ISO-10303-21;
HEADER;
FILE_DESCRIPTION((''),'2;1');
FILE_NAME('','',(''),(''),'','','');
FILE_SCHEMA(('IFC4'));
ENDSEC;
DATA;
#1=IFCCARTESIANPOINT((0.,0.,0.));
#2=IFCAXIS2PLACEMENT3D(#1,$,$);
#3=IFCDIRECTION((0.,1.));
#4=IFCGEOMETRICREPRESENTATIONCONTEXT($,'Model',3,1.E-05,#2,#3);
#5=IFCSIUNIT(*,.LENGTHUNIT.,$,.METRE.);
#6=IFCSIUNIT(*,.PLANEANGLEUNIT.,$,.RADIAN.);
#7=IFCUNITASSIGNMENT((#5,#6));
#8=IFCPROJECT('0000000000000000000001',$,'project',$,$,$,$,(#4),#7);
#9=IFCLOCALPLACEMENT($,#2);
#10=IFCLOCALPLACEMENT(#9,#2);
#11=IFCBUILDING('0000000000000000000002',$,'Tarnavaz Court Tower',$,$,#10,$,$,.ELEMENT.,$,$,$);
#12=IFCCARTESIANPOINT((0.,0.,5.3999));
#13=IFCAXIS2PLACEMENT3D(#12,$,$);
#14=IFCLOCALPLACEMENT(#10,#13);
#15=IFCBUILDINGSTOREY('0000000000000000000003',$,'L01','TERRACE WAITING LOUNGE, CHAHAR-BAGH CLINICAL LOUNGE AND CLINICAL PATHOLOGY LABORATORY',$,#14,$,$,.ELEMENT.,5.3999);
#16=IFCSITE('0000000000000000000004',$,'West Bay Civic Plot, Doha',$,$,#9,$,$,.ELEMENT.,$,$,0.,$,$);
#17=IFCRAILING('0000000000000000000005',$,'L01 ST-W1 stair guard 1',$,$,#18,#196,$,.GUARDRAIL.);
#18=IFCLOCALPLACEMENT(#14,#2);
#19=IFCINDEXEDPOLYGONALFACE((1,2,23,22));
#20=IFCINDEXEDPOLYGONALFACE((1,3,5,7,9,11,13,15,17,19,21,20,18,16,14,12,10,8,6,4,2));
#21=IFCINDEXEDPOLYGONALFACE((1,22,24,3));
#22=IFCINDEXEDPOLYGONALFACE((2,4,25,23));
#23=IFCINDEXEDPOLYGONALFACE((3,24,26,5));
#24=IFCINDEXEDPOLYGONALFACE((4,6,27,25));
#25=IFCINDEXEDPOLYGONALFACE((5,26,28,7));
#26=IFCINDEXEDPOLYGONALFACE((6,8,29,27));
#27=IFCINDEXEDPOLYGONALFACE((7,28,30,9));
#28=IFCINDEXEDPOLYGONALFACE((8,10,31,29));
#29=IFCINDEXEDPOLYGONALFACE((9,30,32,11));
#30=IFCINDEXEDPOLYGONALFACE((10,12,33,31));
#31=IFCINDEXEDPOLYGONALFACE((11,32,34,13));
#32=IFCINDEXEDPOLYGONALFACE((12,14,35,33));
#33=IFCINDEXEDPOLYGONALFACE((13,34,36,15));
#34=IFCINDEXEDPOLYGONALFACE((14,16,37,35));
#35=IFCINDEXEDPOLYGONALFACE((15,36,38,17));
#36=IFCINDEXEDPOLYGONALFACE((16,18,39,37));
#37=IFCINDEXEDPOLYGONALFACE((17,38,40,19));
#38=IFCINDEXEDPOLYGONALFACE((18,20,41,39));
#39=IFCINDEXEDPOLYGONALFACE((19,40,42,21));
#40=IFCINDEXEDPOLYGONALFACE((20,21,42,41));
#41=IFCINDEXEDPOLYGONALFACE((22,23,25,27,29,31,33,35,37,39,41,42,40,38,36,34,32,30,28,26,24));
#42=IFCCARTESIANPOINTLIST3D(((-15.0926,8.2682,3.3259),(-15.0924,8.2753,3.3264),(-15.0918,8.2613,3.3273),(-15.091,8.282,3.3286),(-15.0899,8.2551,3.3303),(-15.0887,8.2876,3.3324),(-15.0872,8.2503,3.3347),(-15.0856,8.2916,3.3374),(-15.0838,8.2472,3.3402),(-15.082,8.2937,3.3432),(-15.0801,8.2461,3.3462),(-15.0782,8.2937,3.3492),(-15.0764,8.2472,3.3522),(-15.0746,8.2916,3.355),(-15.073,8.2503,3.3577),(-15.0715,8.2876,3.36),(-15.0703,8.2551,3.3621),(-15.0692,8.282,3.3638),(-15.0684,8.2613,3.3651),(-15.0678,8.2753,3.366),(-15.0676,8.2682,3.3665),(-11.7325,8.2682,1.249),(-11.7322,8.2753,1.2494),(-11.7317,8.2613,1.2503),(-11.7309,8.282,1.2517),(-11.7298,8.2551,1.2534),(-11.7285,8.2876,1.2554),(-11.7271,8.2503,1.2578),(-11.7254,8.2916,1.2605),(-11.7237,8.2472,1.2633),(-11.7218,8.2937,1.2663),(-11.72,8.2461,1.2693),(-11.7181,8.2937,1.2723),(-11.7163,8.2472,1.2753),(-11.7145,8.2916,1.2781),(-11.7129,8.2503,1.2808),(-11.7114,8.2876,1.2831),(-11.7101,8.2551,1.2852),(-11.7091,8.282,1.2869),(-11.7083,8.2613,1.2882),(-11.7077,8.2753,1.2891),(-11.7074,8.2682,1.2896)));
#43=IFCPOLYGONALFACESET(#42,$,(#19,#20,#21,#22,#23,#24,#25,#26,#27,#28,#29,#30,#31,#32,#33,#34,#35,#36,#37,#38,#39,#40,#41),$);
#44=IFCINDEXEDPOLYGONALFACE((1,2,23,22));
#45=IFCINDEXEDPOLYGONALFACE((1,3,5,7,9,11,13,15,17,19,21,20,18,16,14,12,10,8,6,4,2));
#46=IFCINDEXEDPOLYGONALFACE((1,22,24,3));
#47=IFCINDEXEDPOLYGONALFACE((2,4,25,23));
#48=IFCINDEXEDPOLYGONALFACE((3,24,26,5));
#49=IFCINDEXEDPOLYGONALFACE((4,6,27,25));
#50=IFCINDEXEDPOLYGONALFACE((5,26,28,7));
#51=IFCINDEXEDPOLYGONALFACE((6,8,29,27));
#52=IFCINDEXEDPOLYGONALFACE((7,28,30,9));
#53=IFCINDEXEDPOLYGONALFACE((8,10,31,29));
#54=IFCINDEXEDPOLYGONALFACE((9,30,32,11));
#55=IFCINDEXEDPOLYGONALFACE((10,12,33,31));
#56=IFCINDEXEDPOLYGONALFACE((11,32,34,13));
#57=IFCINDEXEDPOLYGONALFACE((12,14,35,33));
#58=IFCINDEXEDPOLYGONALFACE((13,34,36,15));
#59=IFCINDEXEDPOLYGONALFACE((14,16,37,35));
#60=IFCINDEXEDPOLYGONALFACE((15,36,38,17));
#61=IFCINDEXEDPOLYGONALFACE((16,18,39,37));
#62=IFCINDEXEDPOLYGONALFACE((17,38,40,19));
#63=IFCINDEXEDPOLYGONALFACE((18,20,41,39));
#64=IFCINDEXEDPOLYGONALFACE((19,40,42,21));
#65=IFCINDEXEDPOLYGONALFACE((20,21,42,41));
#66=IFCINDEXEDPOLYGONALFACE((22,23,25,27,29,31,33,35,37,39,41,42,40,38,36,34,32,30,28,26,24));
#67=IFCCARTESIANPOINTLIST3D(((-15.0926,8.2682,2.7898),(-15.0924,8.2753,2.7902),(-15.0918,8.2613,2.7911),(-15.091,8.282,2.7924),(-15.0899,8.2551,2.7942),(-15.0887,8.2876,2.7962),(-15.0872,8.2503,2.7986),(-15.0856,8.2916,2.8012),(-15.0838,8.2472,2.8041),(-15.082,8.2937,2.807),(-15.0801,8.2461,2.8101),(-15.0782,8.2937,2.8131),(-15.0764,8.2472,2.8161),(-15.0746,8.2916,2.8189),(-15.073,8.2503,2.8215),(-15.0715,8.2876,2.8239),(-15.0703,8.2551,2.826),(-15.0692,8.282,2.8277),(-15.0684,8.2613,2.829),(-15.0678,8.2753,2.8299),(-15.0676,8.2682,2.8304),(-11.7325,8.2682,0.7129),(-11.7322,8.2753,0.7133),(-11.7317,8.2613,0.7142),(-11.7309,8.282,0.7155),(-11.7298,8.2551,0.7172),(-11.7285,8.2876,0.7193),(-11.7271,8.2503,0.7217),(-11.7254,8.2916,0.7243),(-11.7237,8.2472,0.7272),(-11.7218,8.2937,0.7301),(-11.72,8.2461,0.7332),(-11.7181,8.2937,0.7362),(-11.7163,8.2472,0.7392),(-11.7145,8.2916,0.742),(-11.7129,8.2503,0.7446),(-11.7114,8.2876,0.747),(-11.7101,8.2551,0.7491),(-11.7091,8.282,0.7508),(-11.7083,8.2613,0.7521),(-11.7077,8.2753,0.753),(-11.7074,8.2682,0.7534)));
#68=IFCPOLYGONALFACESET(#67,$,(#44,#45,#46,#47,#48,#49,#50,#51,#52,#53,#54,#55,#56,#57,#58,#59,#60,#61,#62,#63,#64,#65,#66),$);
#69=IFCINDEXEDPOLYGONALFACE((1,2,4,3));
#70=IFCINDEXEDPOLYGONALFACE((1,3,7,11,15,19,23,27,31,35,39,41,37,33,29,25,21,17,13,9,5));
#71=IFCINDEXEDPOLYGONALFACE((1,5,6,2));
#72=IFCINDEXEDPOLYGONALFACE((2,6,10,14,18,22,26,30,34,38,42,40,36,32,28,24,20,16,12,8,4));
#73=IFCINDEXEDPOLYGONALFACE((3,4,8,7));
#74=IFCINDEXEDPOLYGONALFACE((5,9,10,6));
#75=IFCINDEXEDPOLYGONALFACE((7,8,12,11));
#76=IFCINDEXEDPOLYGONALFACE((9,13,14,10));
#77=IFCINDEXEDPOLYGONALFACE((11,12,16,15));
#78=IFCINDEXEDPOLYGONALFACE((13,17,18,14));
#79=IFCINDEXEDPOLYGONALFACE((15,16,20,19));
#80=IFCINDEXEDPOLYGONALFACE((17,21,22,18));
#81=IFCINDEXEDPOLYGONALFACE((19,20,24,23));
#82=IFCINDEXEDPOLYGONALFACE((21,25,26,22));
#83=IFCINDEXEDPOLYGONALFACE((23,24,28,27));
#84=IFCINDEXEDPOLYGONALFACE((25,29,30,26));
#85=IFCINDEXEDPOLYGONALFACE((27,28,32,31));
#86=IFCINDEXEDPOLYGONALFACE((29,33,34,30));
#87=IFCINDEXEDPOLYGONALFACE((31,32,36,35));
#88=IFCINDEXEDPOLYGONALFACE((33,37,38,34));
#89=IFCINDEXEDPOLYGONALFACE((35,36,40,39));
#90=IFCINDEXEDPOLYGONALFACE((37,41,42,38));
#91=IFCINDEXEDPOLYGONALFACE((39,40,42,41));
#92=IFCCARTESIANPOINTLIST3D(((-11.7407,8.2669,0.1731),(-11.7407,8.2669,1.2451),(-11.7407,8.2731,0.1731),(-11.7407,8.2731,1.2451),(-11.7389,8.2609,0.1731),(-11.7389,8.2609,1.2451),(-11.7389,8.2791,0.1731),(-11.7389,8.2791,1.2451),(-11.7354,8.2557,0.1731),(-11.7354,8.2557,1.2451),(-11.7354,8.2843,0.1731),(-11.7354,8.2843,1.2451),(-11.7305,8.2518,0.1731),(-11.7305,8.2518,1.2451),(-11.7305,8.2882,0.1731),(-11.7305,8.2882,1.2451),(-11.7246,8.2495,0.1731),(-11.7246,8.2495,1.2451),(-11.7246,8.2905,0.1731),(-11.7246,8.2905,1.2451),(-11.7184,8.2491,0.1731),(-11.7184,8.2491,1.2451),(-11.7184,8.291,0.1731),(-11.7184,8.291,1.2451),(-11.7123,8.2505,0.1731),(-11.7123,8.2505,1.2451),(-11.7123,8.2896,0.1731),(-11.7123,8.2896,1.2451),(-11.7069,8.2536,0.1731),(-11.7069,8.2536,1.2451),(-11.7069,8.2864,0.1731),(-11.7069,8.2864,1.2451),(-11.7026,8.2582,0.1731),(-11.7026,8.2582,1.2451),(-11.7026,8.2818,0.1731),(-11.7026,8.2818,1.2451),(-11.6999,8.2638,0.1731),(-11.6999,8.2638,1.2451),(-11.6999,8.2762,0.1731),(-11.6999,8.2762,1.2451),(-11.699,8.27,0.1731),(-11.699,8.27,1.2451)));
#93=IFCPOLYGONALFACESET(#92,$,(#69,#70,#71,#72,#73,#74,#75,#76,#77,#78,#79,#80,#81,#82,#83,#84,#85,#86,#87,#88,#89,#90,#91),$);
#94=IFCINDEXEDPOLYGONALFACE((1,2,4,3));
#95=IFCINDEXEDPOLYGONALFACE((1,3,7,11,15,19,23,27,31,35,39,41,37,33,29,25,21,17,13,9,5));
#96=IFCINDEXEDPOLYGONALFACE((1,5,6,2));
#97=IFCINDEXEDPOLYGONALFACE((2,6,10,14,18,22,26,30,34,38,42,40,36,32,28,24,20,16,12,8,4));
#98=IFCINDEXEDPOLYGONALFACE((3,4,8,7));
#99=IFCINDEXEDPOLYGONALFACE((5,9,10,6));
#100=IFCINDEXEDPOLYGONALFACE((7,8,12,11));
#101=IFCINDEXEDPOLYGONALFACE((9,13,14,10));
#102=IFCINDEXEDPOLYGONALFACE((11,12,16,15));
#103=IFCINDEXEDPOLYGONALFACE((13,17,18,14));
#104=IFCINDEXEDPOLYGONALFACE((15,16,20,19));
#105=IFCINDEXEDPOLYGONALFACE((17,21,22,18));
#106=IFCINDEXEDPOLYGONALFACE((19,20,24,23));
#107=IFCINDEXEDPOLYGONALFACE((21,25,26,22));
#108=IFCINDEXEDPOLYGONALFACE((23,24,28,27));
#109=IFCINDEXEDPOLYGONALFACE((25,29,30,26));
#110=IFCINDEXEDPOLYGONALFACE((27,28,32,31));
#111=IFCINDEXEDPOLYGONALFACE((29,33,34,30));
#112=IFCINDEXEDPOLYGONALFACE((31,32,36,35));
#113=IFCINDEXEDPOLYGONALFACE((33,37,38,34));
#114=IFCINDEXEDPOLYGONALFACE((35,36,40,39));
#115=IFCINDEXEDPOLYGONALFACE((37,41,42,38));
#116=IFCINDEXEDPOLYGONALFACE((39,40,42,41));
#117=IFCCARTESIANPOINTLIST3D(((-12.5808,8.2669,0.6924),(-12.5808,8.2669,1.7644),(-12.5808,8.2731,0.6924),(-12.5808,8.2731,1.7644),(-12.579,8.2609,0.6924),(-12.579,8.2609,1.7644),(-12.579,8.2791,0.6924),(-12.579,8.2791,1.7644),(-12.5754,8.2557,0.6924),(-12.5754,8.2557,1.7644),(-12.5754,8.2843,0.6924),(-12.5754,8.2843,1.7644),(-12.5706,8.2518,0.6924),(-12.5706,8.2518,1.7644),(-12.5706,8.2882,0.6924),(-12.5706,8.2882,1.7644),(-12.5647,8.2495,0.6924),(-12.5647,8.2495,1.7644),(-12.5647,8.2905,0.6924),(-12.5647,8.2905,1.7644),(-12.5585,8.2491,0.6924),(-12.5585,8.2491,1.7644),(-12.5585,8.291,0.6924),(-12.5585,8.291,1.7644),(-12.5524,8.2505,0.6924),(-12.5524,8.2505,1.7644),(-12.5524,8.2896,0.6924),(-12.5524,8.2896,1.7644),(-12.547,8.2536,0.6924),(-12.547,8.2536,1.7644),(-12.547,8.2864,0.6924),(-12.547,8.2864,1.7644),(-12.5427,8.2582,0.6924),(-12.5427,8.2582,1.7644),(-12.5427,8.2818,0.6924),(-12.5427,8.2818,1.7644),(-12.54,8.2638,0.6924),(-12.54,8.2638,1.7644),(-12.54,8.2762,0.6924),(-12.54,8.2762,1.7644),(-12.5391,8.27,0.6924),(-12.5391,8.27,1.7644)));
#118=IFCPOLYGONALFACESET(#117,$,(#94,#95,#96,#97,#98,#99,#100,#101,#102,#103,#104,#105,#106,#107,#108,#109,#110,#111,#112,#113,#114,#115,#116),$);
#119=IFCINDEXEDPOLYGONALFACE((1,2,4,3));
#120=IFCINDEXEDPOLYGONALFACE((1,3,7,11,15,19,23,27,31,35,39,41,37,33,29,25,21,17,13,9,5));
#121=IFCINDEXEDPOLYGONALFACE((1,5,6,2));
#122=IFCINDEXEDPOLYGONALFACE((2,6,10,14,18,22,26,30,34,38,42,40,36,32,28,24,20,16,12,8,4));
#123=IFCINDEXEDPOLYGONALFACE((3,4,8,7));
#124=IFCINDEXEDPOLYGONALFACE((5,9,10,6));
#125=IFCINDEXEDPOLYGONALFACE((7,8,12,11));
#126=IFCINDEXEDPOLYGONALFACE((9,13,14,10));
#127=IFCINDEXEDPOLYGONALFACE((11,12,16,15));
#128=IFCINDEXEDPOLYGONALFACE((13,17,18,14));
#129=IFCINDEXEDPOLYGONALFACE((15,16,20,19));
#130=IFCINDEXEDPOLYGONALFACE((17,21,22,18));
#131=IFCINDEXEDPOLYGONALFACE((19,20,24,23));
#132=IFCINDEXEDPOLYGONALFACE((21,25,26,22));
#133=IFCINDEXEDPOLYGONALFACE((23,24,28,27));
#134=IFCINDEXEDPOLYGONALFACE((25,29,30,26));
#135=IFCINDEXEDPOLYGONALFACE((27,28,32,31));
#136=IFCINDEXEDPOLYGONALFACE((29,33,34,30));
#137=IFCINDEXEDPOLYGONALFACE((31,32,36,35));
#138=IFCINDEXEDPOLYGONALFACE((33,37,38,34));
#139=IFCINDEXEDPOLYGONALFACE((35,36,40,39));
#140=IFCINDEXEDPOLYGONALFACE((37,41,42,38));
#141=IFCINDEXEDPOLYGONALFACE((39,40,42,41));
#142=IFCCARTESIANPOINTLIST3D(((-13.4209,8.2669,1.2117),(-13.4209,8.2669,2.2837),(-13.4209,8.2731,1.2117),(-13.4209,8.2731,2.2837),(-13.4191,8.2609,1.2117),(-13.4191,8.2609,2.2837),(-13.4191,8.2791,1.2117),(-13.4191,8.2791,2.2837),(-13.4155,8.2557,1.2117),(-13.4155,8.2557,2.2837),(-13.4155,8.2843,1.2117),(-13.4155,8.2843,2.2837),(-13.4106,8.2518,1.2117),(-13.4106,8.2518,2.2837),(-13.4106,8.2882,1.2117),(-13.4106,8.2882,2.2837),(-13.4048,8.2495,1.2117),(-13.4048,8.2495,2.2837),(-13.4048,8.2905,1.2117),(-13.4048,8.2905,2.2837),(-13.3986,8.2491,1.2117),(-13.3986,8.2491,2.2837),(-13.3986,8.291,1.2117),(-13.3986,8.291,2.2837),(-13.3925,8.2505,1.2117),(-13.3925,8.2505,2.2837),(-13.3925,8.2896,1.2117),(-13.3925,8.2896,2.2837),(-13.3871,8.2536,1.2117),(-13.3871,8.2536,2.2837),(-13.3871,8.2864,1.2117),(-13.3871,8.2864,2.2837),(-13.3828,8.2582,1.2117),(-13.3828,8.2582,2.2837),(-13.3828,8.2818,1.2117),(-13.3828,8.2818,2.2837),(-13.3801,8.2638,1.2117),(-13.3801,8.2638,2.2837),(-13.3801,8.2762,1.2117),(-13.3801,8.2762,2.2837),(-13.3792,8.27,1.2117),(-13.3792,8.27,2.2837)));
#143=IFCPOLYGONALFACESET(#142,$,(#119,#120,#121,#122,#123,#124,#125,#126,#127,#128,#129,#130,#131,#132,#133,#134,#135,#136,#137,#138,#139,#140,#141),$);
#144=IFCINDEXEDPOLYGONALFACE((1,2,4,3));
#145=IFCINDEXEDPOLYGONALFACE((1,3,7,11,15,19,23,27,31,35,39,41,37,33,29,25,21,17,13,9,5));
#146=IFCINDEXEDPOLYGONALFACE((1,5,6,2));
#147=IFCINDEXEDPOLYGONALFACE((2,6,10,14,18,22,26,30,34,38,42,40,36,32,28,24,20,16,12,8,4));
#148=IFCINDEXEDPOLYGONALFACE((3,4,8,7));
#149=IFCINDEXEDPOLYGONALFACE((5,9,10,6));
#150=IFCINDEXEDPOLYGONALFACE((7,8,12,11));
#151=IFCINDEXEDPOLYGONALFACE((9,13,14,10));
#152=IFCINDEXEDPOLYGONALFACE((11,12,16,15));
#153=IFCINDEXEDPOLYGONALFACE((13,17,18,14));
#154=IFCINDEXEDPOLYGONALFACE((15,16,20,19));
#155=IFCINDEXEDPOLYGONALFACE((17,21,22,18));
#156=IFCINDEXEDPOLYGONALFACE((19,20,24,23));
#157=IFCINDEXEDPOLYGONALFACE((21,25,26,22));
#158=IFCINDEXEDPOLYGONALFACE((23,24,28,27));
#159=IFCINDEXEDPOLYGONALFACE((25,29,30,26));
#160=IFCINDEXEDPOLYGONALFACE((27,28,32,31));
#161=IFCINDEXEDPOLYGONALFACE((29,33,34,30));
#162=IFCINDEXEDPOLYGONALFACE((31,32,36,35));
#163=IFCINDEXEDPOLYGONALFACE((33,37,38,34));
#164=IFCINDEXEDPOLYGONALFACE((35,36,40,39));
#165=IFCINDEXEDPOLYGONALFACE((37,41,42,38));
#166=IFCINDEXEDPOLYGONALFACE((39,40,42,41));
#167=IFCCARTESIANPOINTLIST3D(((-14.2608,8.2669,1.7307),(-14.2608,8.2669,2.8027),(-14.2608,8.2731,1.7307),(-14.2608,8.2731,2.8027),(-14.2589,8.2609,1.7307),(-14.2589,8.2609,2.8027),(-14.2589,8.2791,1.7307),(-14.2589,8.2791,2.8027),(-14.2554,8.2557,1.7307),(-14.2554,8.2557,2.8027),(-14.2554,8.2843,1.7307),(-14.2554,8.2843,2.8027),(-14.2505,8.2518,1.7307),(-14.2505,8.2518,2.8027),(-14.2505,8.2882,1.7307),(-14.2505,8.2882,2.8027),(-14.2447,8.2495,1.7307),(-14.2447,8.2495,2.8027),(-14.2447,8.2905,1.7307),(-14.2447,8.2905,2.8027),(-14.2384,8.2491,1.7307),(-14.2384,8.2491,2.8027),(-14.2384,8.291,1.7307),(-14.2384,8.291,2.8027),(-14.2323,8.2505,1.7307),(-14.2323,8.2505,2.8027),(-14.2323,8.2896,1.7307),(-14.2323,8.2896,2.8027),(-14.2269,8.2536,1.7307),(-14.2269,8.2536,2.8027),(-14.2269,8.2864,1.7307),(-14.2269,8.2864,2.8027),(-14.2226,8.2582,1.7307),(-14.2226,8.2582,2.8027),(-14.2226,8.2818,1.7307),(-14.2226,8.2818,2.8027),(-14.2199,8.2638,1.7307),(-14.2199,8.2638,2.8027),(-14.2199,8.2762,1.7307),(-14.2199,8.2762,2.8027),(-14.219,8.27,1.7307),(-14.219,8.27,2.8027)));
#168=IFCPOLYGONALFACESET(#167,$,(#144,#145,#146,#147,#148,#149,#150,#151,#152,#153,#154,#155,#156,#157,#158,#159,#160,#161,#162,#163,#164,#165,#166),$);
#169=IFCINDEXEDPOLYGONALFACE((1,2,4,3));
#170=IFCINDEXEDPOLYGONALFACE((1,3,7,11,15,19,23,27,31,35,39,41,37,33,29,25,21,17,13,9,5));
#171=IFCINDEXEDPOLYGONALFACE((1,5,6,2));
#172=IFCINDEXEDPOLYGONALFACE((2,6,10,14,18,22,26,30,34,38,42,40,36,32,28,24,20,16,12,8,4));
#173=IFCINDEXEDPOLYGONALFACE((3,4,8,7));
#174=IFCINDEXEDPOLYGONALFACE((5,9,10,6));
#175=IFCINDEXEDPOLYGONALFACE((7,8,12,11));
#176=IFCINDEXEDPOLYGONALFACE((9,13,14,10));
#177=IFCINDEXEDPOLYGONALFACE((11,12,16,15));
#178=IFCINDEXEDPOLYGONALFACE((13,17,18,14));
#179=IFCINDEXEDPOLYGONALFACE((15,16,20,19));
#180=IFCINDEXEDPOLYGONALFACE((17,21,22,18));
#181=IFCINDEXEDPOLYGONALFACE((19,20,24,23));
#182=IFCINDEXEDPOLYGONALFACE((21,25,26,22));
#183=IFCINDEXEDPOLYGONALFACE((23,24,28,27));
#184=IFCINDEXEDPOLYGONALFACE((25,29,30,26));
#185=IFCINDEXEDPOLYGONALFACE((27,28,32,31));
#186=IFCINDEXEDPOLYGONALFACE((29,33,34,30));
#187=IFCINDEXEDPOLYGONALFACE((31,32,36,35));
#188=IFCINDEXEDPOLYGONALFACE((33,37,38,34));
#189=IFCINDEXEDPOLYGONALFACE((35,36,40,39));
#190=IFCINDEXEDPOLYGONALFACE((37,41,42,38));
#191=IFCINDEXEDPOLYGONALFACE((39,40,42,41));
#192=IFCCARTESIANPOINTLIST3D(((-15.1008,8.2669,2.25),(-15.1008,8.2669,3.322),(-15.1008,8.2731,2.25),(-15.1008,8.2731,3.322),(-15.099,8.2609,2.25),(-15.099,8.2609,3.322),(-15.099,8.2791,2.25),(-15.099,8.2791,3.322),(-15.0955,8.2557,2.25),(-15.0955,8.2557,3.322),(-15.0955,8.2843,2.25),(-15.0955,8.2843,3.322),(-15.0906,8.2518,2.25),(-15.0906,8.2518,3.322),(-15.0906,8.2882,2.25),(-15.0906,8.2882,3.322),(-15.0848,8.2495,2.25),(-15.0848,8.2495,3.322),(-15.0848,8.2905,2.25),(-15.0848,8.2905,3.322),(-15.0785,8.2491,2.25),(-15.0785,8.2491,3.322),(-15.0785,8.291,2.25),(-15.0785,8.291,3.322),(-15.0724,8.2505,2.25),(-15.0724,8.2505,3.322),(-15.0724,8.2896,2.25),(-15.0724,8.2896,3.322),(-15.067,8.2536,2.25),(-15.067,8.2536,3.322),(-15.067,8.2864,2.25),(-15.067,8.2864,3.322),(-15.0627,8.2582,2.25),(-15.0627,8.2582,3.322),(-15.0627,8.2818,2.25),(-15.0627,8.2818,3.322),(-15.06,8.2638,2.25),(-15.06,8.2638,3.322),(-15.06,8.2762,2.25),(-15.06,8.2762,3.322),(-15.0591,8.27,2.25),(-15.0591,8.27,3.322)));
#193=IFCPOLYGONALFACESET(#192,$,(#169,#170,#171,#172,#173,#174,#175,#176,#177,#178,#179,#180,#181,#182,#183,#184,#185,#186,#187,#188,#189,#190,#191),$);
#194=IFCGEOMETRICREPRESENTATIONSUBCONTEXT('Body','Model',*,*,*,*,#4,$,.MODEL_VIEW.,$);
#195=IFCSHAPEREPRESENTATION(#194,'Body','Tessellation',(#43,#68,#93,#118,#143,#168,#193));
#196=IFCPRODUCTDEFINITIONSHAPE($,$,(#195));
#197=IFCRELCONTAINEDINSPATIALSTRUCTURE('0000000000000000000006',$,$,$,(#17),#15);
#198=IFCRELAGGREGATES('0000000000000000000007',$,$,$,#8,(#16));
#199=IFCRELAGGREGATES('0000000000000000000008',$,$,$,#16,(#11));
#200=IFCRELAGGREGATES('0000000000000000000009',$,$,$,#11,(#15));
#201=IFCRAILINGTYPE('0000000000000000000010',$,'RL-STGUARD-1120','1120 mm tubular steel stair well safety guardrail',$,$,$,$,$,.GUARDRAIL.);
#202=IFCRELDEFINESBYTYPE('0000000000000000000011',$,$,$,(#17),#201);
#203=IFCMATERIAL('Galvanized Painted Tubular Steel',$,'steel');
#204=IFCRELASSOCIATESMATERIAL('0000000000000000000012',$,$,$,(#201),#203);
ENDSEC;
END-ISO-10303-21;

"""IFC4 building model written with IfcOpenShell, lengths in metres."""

from ifc_helpers import new_model, si_unit, direction, frame, origin, origin_2d, place, context, subcontext, project, spatial, circle, extrude, material, type_object, element, save


model = new_model("IFC4")

# Units and contexts
model_context = context("Model", 3, precision=1e-05, world=origin(), true_north=direction((0.0, 1.0)))
body_context = subcontext(model_context, "Body", "Model", "MODEL_VIEW")
ifc_project = project(units=[si_unit("LENGTHUNIT", "METRE"), si_unit("PLANEANGLEUNIT", "RADIAN")], contexts=[model_context])

# Site, building, storey
site_placement = place(None, origin())
site = spatial("IfcSite", under=ifc_project, at=site_placement, Name="West Bay Civic Plot, Doha", CompositionType="ELEMENT", RefElevation=0.0)
building_placement = place(site_placement, origin())
building = spatial("IfcBuilding", under=site, at=building_placement, Name="Tarnavaz Court Tower", CompositionType="ELEMENT")
storey_placement = place(building_placement, frame((0.0, 0.0, 5.3999)))
storey = spatial("IfcBuildingStorey", under=building, at=storey_placement, Name="L01", Description="TERRACE WAITING LOUNGE, CHAHAR-BAGH CLINICAL LOUNGE AND CLINICAL PATHOLOGY LABORATORY", CompositionType="ELEMENT", Elevation=5.3999)

# Railing
ifc_material_1 = material(Name="Galvanized Painted Tubular Steel", Category="steel")
railing_type_1 = type_object("IfcRailingType", Name="RL-STGUARD-1120", Description="1120 mm tubular steel stair well safety guardrail", PredefinedType="GUARDRAIL", material=ifc_material_1)
railing_1_placement = place(storey_placement, frame((-11.72, 8.27, 0.1731)))
element("IfcRailing", 1, at=railing_1_placement, inside=storey, type_object=railing_type_1, Name="L01 ST-W1 stair guard 1", PredefinedType="GUARDRAIL", context=body_context, shape_type="SweptSolid", body=[
    extrude(circle(Radius=0.0239, at=origin_2d()), frame((0.0, 0.0, 1.0962), z_axis=(-0.850623, 0.0, 0.525776), x_axis=(0.0, -1.0, 0.0)), (0.0, 0.0, 1.0), 3.9502),
    extrude(circle(Radius=0.0239, at=origin_2d()), frame((0.0, 0.0, 0.5601), z_axis=(-0.850623, 0.0, 0.525776), x_axis=(0.0, -1.0, 0.0)), (0.0, 0.0, 1.0), 3.9502),
    extrude(circle(Radius=0.021, at=origin_2d()), origin(), (0.0, 0.0, 1.0), 1.072),
    extrude(circle(Radius=0.021, at=origin_2d()), frame((-0.8401, 0.0, 0.5193)), (0.0, 0.0, 1.0), 1.072),
    extrude(circle(Radius=0.021, at=origin_2d()), frame((-1.6802, 0.0, 1.0386)), (0.0, 0.0, 1.0), 1.072),
    extrude(circle(Radius=0.021, at=origin_2d()), frame((-2.52, 0.0, 1.5576)), (0.0, 0.0, 1.0), 1.072),
    extrude(circle(Radius=0.021, at=origin_2d()), frame((-3.3601, 0.0, 2.0769)), (0.0, 0.0, 1.0), 1.072),
])

save(model, "model.ifc")
